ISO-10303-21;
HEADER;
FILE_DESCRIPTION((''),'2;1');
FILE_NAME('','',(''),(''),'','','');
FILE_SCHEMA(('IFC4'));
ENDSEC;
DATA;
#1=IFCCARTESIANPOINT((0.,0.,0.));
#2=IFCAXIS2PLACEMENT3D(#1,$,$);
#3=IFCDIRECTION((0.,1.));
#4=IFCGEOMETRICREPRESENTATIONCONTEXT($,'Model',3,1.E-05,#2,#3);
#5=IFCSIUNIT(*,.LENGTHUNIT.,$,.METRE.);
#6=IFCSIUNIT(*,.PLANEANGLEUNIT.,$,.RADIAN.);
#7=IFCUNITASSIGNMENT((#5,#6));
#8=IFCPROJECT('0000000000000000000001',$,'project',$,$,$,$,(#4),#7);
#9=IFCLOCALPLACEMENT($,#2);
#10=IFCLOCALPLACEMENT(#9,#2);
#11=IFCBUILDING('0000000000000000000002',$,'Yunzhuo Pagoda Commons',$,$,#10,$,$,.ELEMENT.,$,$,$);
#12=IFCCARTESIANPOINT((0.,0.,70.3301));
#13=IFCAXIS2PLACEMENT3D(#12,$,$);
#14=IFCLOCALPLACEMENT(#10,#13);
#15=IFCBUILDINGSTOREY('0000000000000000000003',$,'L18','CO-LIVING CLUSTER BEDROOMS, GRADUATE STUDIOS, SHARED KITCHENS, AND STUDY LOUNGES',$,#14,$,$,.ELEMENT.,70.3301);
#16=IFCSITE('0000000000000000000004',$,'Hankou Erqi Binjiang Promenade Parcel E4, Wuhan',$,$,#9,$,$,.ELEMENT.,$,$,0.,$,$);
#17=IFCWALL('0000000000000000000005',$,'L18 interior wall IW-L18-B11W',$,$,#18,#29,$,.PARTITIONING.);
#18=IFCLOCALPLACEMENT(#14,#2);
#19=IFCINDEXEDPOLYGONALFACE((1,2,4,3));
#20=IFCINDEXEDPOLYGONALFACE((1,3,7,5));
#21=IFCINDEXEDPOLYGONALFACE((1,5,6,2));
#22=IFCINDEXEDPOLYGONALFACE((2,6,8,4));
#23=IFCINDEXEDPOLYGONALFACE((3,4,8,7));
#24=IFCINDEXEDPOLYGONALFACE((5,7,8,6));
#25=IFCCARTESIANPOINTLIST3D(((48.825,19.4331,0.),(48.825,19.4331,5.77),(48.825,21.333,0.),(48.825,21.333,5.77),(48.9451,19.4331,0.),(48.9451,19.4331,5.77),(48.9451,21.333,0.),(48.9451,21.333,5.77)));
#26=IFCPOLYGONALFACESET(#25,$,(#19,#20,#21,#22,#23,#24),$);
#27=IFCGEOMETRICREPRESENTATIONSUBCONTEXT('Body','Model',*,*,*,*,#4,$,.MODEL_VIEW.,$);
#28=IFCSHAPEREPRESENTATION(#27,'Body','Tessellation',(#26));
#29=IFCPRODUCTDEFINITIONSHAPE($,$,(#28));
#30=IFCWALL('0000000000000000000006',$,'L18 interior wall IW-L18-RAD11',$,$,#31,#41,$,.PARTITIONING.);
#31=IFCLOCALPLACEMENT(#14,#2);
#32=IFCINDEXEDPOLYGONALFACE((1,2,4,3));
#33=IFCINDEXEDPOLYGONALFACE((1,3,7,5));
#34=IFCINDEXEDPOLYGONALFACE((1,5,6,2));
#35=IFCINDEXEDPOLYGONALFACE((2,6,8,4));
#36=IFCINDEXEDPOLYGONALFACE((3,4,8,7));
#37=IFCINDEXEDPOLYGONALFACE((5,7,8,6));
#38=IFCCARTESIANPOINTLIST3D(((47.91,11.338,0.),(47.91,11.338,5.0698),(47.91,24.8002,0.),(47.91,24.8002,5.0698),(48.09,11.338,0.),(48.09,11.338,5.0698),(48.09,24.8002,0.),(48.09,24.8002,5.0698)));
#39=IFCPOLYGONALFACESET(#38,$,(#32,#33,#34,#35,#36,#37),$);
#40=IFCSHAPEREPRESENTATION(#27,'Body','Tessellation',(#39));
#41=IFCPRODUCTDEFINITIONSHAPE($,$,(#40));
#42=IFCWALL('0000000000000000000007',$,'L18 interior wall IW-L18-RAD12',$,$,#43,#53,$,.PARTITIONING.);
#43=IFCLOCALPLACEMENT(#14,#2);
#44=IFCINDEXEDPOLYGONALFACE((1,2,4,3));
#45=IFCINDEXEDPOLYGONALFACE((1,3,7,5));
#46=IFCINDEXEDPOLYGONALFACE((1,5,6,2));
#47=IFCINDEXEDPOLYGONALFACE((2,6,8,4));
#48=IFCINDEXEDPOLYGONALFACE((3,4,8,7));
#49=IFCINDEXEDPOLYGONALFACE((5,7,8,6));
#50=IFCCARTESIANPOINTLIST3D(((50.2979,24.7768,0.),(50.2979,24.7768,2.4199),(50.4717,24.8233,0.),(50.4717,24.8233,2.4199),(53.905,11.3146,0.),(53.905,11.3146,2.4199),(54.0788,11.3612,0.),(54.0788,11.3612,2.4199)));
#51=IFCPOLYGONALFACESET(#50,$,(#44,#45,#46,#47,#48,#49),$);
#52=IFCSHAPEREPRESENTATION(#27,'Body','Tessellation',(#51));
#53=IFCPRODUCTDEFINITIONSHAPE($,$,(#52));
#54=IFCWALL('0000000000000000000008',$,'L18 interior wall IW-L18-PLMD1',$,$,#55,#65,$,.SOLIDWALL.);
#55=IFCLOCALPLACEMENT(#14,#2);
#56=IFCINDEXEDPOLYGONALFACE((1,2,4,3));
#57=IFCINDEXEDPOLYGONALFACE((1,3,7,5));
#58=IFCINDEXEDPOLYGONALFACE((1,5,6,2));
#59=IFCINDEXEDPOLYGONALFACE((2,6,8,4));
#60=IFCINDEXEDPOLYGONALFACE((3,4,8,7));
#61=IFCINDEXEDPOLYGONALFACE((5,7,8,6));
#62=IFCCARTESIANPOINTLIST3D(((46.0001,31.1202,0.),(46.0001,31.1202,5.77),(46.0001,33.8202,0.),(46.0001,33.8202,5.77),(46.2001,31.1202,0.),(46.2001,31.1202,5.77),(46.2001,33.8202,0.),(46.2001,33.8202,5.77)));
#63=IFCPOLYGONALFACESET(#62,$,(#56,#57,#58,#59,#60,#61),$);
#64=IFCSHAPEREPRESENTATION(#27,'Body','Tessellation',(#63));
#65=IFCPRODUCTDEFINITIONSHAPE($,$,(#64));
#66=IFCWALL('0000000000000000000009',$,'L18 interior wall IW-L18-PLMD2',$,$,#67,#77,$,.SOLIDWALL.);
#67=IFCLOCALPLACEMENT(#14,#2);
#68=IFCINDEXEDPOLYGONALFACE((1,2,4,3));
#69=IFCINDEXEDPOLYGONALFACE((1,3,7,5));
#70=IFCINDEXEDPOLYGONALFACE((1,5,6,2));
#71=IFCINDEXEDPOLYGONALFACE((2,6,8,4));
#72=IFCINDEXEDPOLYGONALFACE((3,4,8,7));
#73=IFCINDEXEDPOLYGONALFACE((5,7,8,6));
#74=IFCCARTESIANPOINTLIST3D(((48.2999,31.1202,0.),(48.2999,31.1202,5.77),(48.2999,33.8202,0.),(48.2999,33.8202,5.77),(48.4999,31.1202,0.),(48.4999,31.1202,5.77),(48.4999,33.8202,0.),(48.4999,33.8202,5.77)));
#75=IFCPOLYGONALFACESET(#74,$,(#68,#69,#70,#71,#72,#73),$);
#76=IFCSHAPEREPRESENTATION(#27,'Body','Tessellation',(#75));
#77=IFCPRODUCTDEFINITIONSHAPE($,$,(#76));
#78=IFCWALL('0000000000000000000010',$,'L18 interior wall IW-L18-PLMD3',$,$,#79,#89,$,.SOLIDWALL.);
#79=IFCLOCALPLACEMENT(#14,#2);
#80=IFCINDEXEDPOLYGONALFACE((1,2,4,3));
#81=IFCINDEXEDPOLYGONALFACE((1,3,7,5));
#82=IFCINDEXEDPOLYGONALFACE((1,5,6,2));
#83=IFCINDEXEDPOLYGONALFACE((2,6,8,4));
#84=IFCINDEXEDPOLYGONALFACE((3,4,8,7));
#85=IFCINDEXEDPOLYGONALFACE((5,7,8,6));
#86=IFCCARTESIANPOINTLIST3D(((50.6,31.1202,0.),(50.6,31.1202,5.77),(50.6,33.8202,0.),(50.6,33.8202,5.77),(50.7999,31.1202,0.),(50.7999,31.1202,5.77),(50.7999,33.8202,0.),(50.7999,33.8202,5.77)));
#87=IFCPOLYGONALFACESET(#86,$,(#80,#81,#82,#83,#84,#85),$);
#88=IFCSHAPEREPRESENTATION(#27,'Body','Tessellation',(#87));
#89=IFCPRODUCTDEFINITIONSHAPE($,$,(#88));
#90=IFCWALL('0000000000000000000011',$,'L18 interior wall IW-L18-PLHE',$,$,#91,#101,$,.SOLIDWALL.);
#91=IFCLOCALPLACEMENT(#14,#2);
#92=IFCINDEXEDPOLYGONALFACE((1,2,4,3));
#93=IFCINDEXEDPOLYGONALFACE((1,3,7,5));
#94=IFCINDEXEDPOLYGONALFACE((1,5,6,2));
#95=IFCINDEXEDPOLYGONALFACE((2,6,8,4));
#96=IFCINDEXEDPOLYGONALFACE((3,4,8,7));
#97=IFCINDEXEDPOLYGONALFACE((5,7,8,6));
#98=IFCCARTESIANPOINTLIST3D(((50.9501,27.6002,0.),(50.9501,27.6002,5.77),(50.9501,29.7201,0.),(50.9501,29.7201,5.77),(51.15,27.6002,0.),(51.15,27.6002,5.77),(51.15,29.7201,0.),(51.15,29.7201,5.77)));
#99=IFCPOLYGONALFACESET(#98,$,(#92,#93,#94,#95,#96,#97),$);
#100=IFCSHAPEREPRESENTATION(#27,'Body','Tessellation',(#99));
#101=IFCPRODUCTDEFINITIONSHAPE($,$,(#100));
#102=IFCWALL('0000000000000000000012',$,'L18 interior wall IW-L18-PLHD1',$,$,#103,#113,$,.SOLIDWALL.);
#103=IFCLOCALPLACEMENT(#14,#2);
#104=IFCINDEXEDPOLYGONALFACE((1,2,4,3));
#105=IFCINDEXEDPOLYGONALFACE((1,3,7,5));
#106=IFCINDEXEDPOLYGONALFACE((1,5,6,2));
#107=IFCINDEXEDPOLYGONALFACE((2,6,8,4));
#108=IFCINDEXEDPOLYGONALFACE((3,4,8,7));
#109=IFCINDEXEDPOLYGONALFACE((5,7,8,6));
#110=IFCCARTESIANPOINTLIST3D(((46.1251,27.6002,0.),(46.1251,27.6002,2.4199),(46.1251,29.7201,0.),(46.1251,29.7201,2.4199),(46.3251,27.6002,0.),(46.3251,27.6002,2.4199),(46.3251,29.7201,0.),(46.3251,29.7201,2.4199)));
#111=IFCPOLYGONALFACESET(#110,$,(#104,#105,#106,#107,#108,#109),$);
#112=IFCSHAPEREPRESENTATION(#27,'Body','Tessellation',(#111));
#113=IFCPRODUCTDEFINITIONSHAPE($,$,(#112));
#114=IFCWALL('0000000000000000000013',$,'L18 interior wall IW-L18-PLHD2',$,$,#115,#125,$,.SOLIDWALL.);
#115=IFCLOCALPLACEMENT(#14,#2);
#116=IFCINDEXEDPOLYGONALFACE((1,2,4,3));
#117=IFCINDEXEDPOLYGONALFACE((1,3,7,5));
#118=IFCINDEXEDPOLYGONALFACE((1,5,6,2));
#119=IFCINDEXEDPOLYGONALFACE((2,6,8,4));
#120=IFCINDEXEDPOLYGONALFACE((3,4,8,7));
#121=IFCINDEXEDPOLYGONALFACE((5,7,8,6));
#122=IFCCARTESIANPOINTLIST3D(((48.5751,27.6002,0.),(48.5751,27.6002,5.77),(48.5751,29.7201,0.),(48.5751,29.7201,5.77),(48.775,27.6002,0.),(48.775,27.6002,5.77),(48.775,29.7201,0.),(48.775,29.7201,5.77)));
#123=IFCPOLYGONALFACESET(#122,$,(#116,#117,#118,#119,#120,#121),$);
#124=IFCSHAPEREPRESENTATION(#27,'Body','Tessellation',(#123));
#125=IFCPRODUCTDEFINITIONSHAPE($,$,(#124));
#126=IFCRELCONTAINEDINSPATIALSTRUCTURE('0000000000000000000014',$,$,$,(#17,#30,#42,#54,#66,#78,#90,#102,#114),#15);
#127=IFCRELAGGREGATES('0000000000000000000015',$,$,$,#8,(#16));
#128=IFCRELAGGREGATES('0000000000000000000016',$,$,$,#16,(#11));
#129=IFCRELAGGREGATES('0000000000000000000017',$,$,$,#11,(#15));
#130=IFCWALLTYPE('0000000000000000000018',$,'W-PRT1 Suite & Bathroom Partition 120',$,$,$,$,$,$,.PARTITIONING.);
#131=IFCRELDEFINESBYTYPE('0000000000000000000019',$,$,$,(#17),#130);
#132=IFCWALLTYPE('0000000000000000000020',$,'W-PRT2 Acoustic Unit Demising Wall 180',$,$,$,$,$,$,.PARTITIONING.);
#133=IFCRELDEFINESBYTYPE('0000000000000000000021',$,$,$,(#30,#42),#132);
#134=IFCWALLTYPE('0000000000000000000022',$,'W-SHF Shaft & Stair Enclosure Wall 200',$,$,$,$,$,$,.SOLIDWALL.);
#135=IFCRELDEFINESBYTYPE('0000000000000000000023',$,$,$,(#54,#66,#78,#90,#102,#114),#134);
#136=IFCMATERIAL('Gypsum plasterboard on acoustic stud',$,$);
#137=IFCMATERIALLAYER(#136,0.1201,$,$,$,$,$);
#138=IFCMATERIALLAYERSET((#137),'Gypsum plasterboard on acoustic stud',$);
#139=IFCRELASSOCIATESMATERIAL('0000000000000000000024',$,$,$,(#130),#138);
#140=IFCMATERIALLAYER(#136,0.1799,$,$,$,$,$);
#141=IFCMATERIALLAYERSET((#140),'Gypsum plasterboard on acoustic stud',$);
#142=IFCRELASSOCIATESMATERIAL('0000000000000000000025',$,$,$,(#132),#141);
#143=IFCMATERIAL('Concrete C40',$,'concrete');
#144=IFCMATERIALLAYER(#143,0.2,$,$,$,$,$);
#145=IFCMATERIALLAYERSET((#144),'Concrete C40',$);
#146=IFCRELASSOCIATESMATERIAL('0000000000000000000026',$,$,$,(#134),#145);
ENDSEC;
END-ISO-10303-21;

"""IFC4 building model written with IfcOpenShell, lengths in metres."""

from ifc_helpers import new_model, si_unit, direction, frame, frame_2d, origin, place, context, subcontext, project, spatial, rectangle, extrude, material, layer, layer_set, type_object, element, save


model = new_model("IFC4")

# Units and contexts
model_context = context("Model", 3, precision=1e-05, world=origin(), true_north=direction((0.0, 1.0)))
body_context = subcontext(model_context, "Body", "Model", "MODEL_VIEW")
ifc_project = project(units=[si_unit("LENGTHUNIT", "METRE"), si_unit("PLANEANGLEUNIT", "RADIAN")], contexts=[model_context])

# Site, building, storey
site_placement = place(None, origin())
site = spatial("IfcSite", under=ifc_project, at=site_placement, Name="Hankou Erqi Binjiang Promenade Parcel E4, Wuhan", CompositionType="ELEMENT", RefElevation=0.0)
building_placement = place(site_placement, origin())
building = spatial("IfcBuilding", under=site, at=building_placement, Name="Yunzhuo Pagoda Commons", CompositionType="ELEMENT")
storey_placement = place(building_placement, frame((0.0, 0.0, 70.3301)))
storey = spatial("IfcBuildingStorey", under=building, at=storey_placement, Name="L18", Description="CO-LIVING CLUSTER BEDROOMS, GRADUATE STUDIOS, SHARED KITCHENS, AND STUDY LOUNGES", CompositionType="ELEMENT", Elevation=70.3301)

# Shared definitions
ifc_material_1 = material(Name="Gypsum plasterboard on acoustic stud")

# Walls
ifc_layer_1 = layer(ifc_material_1, 0.1201)
ifc_layer_set_1 = layer_set([ifc_layer_1], Name="Gypsum plasterboard on acoustic stud")
wall_type_1 = type_object("IfcWallType", Name="W-PRT1 Suite & Bathroom Partition 120", PredefinedType="PARTITIONING", material=ifc_layer_set_1)
wall_1_placement = place(storey_placement, frame((48.885, 21.333, 0.0), z_axis=(0.0, 0.0, 1.0), x_axis=(0.0, -1.0, 0.0)))
element("IfcWall", 1, at=wall_1_placement, inside=storey, type_object=wall_type_1, Name="L18 interior wall IW-L18-B11W", PredefinedType="PARTITIONING", context=body_context, shape_type="SweptSolid", body=[
    extrude(rectangle(XDim=1.8999, YDim=0.1201, at=frame_2d((0.95, 0.0))), origin(), (0.0, 0.0, 1.0), 5.77),
])
ifc_layer_2 = layer(ifc_material_1, 0.1799)
ifc_layer_set_2 = layer_set([ifc_layer_2], Name="Gypsum plasterboard on acoustic stud")
wall_type_2 = type_object("IfcWallType", Name="W-PRT2 Acoustic Unit Demising Wall 180", PredefinedType="PARTITIONING", material=ifc_layer_set_2)
wall_2_placement = place(storey_placement, frame((48.0, 24.8, 0.0), z_axis=(0.0, 0.0, 1.0), x_axis=(0.0, -1.0, 0.0)))
element("IfcWall", 2, at=wall_2_placement, inside=storey, type_object=wall_type_2, Name="L18 interior wall IW-L18-RAD11", PredefinedType="PARTITIONING", context=body_context, shape_type="SweptSolid", body=[
    extrude(rectangle(XDim=13.4622, YDim=0.1799, at=frame_2d((6.731, 0.0))), origin(), (0.0, 0.0, 1.0), 5.0698),
])
wall_3_placement = place(storey_placement, frame((50.3848, 24.8, 0.0), z_axis=(0.0, 0.0, 1.0), x_axis=(0.258819, -0.965926, 0.0)))
element("IfcWall", 3, at=wall_3_placement, inside=storey, type_object=wall_type_2, Name="L18 interior wall IW-L18-RAD12", PredefinedType="PARTITIONING", context=body_context, shape_type="SweptSolid", body=[
    extrude(rectangle(XDim=13.937, YDim=0.1799, at=frame_2d((6.9685, 0.0))), origin(), (0.0, 0.0, 1.0), 2.4199),
])
ifc_material_2 = material(Name="Concrete C40", Category="concrete")
ifc_layer_3 = layer(ifc_material_2, 0.2)
ifc_layer_set_3 = layer_set([ifc_layer_3], Name="Concrete C40")
wall_type_3 = type_object("IfcWallType", Name="W-SHF Shaft & Stair Enclosure Wall 200", PredefinedType="SOLIDWALL", material=ifc_layer_set_3)
for number, where, z_axis, x_axis, name in (
    (4, (46.1001, 31.1201, 0.0), (0.0, 0.0, 1.0), (0.0, 1.0, 0.0), "L18 interior wall IW-L18-PLMD1"),
    (5, (48.3999, 31.1201, 0.0), (0.0, 0.0, 1.0), (0.0, 1.0, 0.0), "L18 interior wall IW-L18-PLMD2"),
    (6, (50.7, 31.1201, 0.0), (0.0, 0.0, 1.0), (0.0, 1.0, 0.0), "L18 interior wall IW-L18-PLMD3"),
):
    element("IfcWall", number, at=place(storey_placement, frame(where, z_axis=z_axis, x_axis=x_axis)), inside=storey, type_object=wall_type_3, Name=name, PredefinedType="SOLIDWALL", context=body_context, shape_type="SweptSolid", body=[
        extrude(rectangle(XDim=2.7, YDim=0.2, at=frame_2d((1.3501, 0.0))), origin(), (0.0, 0.0, 1.0), 5.77),
    ])
wall_4_placement = place(storey_placement, frame((51.05, 27.6001, 0.0), z_axis=(0.0, 0.0, 1.0), x_axis=(0.0, 1.0, 0.0)))
element("IfcWall", 7, at=wall_4_placement, inside=storey, type_object=wall_type_3, Name="L18 interior wall IW-L18-PLHE", PredefinedType="SOLIDWALL", context=body_context, shape_type="SweptSolid", body=[
    extrude(rectangle(XDim=2.1199, YDim=0.2, at=frame_2d((1.0601, 0.0))), origin(), (0.0, 0.0, 1.0), 5.77),
])
wall_5_placement = place(storey_placement, frame((46.2251, 27.6001, 0.0), z_axis=(0.0, 0.0, 1.0), x_axis=(0.0, 1.0, 0.0)))
element("IfcWall", 8, at=wall_5_placement, inside=storey, type_object=wall_type_3, Name="L18 interior wall IW-L18-PLHD1", PredefinedType="SOLIDWALL", context=body_context, shape_type="SweptSolid", body=[
    extrude(rectangle(XDim=2.1199, YDim=0.2, at=frame_2d((1.0601, 0.0))), origin(), (0.0, 0.0, 1.0), 2.4199),
])
wall_6_placement = place(storey_placement, frame((48.675, 27.6001, 0.0), z_axis=(0.0, 0.0, 1.0), x_axis=(0.0, 1.0, 0.0)))
element("IfcWall", 9, at=wall_6_placement, inside=storey, type_object=wall_type_3, Name="L18 interior wall IW-L18-PLHD2", PredefinedType="SOLIDWALL", context=body_context, shape_type="SweptSolid", body=[
    extrude(rectangle(XDim=2.1199, YDim=0.2, at=frame_2d((1.0601, 0.0))), origin(), (0.0, 0.0, 1.0), 5.77),
])

save(model, "model.ifc")
